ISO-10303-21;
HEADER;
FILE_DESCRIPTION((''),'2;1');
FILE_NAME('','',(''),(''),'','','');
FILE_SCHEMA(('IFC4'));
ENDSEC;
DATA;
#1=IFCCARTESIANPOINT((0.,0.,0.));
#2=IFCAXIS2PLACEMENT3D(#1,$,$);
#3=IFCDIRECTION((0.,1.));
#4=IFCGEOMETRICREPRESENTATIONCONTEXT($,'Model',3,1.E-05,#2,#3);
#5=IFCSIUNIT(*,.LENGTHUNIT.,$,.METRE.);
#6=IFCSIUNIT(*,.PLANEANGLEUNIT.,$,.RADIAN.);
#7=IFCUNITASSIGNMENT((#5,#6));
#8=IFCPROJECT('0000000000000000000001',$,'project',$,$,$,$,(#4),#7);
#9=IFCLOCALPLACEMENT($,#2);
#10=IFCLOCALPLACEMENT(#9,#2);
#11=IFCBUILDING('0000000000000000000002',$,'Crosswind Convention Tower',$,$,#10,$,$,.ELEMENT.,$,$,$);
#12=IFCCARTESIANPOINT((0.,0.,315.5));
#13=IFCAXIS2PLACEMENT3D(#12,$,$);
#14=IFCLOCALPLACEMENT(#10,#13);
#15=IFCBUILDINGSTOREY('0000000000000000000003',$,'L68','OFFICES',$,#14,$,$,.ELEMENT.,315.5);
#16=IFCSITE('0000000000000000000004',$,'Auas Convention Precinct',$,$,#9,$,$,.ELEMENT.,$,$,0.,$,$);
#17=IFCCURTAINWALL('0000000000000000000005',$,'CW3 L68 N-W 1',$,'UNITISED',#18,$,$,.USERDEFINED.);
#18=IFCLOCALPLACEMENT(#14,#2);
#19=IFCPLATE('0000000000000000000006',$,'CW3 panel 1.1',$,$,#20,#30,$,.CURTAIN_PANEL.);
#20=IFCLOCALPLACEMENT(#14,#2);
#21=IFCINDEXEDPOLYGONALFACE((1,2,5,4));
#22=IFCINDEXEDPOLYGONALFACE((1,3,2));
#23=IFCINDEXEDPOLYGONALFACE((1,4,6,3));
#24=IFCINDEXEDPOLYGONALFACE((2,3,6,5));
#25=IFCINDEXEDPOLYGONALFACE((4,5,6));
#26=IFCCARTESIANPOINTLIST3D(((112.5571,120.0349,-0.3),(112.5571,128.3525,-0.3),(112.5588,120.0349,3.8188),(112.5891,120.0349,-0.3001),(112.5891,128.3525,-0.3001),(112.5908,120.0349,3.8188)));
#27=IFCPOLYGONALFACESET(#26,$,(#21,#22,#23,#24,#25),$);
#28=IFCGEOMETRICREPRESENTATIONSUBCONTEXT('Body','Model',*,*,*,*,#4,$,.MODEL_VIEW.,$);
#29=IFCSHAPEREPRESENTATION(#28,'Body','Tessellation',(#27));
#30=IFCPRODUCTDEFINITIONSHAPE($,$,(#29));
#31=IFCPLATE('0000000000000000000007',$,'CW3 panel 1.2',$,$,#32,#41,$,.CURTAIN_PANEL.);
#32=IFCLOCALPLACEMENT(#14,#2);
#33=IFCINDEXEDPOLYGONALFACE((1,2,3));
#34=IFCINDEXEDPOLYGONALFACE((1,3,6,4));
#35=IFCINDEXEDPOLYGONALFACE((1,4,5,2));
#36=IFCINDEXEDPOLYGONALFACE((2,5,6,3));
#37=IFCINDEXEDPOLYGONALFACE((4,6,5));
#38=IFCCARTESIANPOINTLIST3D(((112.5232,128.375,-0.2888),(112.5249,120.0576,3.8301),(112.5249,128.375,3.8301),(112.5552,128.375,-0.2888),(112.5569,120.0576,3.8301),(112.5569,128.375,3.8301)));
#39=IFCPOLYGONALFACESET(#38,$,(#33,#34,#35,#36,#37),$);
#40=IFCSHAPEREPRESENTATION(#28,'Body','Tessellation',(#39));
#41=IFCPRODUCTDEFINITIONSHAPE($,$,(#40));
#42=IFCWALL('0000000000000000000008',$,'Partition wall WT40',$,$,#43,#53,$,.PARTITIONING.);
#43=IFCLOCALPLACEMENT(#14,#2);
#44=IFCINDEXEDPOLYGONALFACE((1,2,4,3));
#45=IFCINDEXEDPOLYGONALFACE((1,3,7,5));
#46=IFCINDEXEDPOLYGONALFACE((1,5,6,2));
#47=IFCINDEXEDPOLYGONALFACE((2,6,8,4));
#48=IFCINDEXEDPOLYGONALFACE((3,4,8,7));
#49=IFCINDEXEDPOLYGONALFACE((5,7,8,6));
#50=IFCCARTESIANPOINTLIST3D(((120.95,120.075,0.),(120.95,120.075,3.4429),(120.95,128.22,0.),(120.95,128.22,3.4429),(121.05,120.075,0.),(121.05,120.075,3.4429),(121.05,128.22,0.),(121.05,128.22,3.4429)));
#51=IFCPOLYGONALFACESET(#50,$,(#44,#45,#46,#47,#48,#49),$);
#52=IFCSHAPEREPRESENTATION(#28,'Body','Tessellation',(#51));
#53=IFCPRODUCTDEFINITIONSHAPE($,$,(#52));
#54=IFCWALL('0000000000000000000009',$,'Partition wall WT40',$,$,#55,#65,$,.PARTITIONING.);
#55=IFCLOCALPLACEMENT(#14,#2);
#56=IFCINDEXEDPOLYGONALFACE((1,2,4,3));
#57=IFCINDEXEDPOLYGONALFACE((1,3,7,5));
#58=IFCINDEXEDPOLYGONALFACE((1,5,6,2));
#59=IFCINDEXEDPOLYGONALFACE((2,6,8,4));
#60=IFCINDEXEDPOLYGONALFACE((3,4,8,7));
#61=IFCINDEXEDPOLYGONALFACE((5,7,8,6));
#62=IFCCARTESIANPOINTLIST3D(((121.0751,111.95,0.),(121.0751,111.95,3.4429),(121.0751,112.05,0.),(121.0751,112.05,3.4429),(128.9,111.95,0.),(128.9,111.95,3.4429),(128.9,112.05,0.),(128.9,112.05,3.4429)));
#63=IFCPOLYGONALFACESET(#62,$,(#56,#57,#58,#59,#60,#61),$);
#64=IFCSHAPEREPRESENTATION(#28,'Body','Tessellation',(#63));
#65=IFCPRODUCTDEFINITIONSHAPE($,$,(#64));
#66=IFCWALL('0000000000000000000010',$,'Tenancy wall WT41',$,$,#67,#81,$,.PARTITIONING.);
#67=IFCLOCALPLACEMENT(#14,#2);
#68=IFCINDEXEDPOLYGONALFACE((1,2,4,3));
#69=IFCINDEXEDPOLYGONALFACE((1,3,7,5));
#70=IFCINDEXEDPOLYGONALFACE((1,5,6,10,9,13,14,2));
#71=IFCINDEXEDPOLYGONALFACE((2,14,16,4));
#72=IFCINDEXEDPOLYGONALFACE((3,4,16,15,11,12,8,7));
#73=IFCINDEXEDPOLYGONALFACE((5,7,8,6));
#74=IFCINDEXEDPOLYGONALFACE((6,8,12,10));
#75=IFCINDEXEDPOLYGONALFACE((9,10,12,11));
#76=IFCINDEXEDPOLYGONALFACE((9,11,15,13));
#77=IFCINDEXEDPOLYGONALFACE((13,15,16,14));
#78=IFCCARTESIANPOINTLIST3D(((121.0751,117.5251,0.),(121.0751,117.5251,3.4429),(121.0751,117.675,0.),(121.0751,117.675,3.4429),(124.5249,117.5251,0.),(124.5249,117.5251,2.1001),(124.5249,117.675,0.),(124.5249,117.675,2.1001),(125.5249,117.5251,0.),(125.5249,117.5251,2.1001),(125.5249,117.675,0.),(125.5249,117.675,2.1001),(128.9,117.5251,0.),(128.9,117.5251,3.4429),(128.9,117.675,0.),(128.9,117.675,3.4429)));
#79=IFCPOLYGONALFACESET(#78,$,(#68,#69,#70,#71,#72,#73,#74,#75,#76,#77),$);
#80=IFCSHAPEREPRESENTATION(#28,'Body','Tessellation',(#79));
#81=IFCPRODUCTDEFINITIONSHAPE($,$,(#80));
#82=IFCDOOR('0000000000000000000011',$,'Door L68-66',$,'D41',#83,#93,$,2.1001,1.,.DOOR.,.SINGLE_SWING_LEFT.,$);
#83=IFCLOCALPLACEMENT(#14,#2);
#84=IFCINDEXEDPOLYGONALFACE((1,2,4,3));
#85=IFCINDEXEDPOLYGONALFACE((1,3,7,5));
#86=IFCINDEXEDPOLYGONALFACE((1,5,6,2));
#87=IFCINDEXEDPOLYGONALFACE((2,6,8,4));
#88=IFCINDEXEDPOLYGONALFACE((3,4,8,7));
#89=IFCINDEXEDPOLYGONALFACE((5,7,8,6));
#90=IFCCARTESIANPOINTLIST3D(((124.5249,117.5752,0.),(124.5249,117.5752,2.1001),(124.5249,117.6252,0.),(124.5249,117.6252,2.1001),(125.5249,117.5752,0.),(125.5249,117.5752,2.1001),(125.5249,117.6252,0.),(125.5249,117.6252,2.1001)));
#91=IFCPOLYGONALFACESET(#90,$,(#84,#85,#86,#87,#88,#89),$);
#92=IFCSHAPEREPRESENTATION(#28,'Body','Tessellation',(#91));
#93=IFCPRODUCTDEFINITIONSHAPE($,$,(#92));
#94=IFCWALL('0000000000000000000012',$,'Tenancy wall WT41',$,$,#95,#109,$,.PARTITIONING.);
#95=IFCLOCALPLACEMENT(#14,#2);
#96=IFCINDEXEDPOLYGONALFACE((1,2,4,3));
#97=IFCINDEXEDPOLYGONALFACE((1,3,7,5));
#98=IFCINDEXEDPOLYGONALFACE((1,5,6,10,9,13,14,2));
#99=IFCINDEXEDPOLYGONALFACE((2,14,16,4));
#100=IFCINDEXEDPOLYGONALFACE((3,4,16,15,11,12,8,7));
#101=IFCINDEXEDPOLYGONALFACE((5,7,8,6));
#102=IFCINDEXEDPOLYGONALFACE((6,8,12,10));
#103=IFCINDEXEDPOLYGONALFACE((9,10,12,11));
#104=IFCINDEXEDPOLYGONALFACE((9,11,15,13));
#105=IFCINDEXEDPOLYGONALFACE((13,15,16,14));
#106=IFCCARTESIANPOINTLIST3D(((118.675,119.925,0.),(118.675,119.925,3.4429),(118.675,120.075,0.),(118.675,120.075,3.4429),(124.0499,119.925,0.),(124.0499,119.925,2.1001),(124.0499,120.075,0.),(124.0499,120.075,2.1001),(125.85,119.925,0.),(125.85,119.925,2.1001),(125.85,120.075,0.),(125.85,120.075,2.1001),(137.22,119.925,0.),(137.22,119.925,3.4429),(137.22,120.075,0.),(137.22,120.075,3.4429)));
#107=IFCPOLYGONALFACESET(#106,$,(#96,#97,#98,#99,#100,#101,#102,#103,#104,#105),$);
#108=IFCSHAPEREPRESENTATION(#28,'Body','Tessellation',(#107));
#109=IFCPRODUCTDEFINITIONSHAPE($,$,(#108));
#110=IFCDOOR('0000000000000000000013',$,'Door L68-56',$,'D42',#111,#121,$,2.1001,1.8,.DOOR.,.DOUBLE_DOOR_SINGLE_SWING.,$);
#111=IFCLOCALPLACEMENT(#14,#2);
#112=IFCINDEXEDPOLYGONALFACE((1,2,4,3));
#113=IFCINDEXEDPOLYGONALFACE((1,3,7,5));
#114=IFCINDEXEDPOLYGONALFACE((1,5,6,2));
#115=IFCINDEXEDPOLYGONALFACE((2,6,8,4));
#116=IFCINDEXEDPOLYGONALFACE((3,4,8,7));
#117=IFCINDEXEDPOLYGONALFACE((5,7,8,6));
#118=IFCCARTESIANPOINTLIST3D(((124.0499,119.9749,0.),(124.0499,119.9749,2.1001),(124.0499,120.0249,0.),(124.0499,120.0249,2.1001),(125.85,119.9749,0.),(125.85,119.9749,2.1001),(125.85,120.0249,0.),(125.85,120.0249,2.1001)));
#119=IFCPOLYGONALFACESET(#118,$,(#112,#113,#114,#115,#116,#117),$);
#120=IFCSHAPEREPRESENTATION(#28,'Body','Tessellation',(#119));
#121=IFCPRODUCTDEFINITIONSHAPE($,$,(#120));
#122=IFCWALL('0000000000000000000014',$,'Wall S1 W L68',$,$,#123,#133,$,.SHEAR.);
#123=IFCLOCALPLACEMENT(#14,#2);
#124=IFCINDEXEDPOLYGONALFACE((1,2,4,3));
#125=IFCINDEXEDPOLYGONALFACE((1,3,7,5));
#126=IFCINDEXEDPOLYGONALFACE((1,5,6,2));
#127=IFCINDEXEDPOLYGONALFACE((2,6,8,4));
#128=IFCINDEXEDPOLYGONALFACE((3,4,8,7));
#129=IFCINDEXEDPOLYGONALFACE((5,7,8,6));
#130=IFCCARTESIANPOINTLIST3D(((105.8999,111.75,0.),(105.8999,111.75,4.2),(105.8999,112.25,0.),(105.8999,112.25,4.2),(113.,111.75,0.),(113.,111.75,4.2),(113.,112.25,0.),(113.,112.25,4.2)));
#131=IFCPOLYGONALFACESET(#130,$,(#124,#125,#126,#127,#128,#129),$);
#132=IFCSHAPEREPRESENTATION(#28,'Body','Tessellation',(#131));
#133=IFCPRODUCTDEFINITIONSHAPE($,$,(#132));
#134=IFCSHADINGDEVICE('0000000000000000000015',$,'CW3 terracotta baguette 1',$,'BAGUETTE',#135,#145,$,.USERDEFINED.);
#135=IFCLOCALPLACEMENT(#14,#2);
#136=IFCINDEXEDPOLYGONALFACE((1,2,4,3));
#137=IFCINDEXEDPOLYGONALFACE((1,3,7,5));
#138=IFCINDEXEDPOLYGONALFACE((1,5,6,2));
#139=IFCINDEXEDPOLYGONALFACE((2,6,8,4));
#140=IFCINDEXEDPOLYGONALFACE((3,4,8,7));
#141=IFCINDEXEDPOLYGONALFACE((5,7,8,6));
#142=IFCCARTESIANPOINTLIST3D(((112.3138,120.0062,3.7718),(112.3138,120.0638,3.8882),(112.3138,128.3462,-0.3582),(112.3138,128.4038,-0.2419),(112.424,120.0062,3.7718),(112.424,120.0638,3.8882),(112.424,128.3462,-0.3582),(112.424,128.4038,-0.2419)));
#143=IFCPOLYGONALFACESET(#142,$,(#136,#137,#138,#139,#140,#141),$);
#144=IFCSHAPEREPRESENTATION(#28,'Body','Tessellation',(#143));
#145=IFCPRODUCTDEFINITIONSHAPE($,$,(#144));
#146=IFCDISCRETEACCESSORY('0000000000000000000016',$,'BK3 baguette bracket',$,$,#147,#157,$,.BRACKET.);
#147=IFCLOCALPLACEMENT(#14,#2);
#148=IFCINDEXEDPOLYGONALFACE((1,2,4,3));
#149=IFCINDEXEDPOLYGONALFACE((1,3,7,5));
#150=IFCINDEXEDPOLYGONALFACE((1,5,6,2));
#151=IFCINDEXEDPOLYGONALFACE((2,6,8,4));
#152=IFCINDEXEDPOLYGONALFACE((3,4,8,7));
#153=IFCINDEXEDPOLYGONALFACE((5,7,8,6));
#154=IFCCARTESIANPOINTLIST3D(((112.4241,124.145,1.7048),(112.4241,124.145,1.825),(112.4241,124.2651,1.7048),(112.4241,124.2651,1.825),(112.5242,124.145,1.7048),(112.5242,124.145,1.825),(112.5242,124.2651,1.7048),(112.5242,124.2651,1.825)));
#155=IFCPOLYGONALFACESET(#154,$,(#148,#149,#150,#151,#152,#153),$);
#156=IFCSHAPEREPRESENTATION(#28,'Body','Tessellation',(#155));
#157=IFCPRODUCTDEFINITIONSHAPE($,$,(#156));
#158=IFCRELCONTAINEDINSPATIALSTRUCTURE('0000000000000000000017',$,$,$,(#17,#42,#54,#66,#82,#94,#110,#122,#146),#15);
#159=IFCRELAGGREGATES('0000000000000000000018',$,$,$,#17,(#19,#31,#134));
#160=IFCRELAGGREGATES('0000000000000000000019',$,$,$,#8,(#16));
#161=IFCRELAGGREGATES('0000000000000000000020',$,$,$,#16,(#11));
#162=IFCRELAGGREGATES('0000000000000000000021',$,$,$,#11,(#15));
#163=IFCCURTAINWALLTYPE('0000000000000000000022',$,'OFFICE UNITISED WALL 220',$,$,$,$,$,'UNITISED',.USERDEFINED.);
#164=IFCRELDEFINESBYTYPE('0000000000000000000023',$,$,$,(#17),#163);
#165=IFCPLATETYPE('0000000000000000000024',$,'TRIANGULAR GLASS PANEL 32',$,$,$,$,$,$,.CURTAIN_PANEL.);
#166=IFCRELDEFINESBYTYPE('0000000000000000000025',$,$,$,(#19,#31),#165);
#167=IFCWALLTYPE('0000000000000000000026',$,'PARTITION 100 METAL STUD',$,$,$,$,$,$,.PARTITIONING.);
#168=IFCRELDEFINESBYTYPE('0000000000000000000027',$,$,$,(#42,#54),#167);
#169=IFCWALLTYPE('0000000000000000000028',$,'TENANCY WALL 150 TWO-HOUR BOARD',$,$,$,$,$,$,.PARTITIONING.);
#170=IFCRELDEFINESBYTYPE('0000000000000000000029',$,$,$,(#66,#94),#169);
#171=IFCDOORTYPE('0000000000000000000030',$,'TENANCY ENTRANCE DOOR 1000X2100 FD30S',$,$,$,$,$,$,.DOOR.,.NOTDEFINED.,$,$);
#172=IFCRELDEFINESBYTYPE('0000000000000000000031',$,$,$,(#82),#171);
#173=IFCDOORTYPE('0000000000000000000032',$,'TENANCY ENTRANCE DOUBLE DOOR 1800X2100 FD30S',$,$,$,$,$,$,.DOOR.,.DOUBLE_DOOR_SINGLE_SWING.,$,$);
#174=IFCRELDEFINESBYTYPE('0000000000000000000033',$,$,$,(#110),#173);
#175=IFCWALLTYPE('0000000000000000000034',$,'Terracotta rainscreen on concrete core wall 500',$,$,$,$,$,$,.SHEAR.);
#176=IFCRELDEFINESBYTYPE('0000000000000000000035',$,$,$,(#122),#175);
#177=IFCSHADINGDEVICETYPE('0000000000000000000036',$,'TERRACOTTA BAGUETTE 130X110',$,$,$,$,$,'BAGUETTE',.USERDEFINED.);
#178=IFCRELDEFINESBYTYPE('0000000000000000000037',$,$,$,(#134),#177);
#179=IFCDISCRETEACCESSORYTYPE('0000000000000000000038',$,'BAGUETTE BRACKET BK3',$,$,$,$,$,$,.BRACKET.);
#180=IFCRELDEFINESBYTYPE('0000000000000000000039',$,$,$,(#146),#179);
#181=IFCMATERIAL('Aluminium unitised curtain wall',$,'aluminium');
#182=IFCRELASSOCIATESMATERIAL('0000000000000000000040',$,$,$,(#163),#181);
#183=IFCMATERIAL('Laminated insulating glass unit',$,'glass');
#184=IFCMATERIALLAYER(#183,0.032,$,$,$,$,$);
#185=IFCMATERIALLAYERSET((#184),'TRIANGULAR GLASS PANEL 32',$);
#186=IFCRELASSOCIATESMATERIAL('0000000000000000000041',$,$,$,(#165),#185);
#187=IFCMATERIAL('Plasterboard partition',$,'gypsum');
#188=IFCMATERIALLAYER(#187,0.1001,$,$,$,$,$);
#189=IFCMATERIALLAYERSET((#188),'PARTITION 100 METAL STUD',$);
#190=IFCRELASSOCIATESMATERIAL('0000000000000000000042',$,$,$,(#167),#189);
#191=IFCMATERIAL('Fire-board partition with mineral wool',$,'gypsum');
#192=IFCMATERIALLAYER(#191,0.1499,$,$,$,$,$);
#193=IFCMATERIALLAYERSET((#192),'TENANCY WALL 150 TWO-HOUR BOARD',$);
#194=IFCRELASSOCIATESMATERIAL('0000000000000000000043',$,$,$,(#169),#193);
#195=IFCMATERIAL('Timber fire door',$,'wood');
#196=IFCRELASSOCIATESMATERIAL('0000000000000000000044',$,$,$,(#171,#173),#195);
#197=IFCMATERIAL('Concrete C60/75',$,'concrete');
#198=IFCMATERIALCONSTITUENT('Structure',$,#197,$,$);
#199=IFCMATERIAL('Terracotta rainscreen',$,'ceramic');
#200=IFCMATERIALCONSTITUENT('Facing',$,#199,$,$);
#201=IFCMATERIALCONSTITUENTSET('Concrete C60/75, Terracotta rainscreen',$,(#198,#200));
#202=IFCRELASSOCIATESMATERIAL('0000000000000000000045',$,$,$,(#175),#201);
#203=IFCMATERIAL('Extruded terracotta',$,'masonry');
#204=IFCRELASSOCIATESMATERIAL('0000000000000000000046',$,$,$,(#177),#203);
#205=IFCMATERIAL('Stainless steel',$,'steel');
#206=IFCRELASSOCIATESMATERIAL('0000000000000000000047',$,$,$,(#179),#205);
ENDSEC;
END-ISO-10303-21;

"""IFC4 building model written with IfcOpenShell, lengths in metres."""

from ifc_helpers import new_model, si_unit, direction, frame, frame_2d, origin, origin_2d, place, context, subcontext, project, spatial, polyline, rectangle, outline, extrude, material, layer, layer_set, constituent, constituent_set, material_profile, profile_set, type_object, element, fill, aggregate, save


model = new_model("IFC4")

# Units and contexts
model_context = context("Model", 3, precision=1e-05, world=origin(), true_north=direction((0.0, 1.0)))
body_context = subcontext(model_context, "Body", "Model", "MODEL_VIEW")
ifc_project = project(units=[si_unit("LENGTHUNIT", "METRE"), si_unit("PLANEANGLEUNIT", "RADIAN")], contexts=[model_context])

# Site, building, storey
site_placement = place(None, origin())
site = spatial("IfcSite", under=ifc_project, at=site_placement, Name="Auas Convention Precinct", CompositionType="ELEMENT", RefElevation=0.0)
building_placement = place(site_placement, origin())
building = spatial("IfcBuilding", under=site, at=building_placement, Name="Crosswind Convention Tower", CompositionType="ELEMENT")
storey_placement = place(building_placement, frame((0.0, 0.0, 315.5)))
storey = spatial("IfcBuildingStorey", under=building, at=storey_placement, Name="L68", Description="OFFICES", CompositionType="ELEMENT", Elevation=315.5)

# Shared definitions
ifc_material_1 = material(Name="Concrete C60/75", Category="concrete")

# Shared definitions
ifc_material_2 = material(Name="Aluminium unitised curtain wall", Category="aluminium")
curtain_wall_type_1 = type_object("IfcCurtainWallType", Name="OFFICE UNITISED WALL 220", ElementType="UNITISED", PredefinedType="USERDEFINED", material=ifc_material_2)

# Curtain wall
curtain_wall_1_placement = place(storey_placement, origin())
curtain_wall_1 = element("IfcCurtainWall", 1, at=curtain_wall_1_placement, inside=storey, type_object=curtain_wall_type_1, Name="CW3 L68 N-W 1", ObjectType="UNITISED", PredefinedType="USERDEFINED")

# Plates
ifc_material_3 = material(Name="Laminated insulating glass unit", Category="glass")
ifc_layer_1 = layer(ifc_material_3, 0.032)
ifc_layer_set_1 = layer_set([ifc_layer_1], Name="TRIANGULAR GLASS PANEL 32")
plate_type_1 = type_object("IfcPlateType", Name="TRIANGULAR GLASS PANEL 32", PredefinedType="CURTAIN_PANEL", material=ifc_layer_set_1)
plate_1_placement = place(storey_placement, frame((112.5571, 120.0349, -0.3), z_axis=(-1.0, 0.0, 0.000415), x_axis=(0.000415, 0.0, 1.0)))
plate_1 = element("IfcPlate", 2, at=plate_1_placement, type_object=plate_type_1, Name="CW3 panel 1.1", PredefinedType="CURTAIN_PANEL", context=body_context, shape_type="SweptSolid", body=[
    extrude(outline(polyline([(0.0, 0.0), (4.1189, 0.0), (0.0, 8.3176), (0.0, 0.0)])), origin(), (0.0, 0.0, -1.0), 0.032),
])
plate_2_placement = place(storey_placement, frame((112.5249, 128.375, 3.8301), z_axis=(-1.0, 0.0, 0.000415), x_axis=(-0.000415, 0.0, -1.0)))
plate_2 = element("IfcPlate", 3, at=plate_2_placement, type_object=plate_type_1, Name="CW3 panel 1.2", PredefinedType="CURTAIN_PANEL", context=body_context, shape_type="SweptSolid", body=[
    extrude(outline(polyline([(0.0, 0.0), (4.1189, 0.0), (0.0, 8.3174), (0.0, 0.0)])), origin(), (0.0, 0.0, -1.0), 0.032),
])

# Walls
ifc_material_4 = material(Name="Plasterboard partition", Category="gypsum")
ifc_layer_2 = layer(ifc_material_4, 0.1001)
ifc_layer_set_2 = layer_set([ifc_layer_2], Name="PARTITION 100 METAL STUD")
wall_type_1 = type_object("IfcWallType", Name="PARTITION 100 METAL STUD", PredefinedType="PARTITIONING", material=ifc_layer_set_2)
wall_1_placement = place(storey_placement, frame((121.0, 120.075, 0.0), z_axis=(0.0, 0.0, 1.0), x_axis=(0.0, 1.0, 0.0)))
element("IfcWall", 4, at=wall_1_placement, inside=storey, type_object=wall_type_1, Name="Partition wall WT40", PredefinedType="PARTITIONING", context=body_context, shape_type="SweptSolid", body=[
    extrude(rectangle(XDim=8.145, YDim=0.1001, at=frame_2d((4.0725, 0.0))), origin(), (0.0, 0.0, 1.0), 3.4429),
])
wall_2_placement = place(storey_placement, frame((121.075, 112.0, 0.0), z_axis=(0.0, 0.0, 1.0), x_axis=(1.0, 0.0, 0.0)))
element("IfcWall", 5, at=wall_2_placement, inside=storey, type_object=wall_type_1, Name="Partition wall WT40", PredefinedType="PARTITIONING", context=body_context, shape_type="SweptSolid", body=[
    extrude(rectangle(XDim=7.825, YDim=0.1001, at=frame_2d((3.9126, 0.0))), origin(), (0.0, 0.0, 1.0), 3.4429),
])

# Walls, openings, doors
ifc_material_5 = material(Name="Fire-board partition with mineral wool", Category="gypsum")
ifc_layer_3 = layer(ifc_material_5, 0.1499)
ifc_layer_set_3 = layer_set([ifc_layer_3], Name="TENANCY WALL 150 TWO-HOUR BOARD")
wall_type_2 = type_object("IfcWallType", Name="TENANCY WALL 150 TWO-HOUR BOARD", PredefinedType="PARTITIONING", material=ifc_layer_set_3)
wall_3_placement = place(storey_placement, frame((121.075, 117.6001, 0.0), z_axis=(0.0, 0.0, 1.0), x_axis=(1.0, 0.0, 0.0)))
wall_3 = element("IfcWall", 6, at=wall_3_placement, inside=storey, type_object=wall_type_2, Name="Tenancy wall WT41", PredefinedType="PARTITIONING", context=body_context, shape_type="SweptSolid", body=[
    extrude(rectangle(XDim=7.825, YDim=0.1499, at=frame_2d((3.9126, 0.0))), origin(), (0.0, 0.0, 1.0), 3.4429),
])
opening_1_placement = place(wall_3_placement, frame((3.45, 0.0, 0.0)))
opening_1 = element("IfcOpeningElement", 7, at=opening_1_placement, cuts=wall_3, PredefinedType="OPENING", context=body_context, shape_type="SweptSolid", body=[
    extrude(rectangle(XDim=1.0, YDim=2.1001, at=frame_2d((0.5, 1.05))), frame((0.0, 0.085, 0.0), z_axis=(0.0, -1.0, 0.0), x_axis=(1.0, 0.0, 0.0)), (0.0, 0.0, 1.0), 0.1699),
])
ifc_material_6 = material(Name="Timber fire door", Category="wood")
door_type_1 = type_object("IfcDoorType", Name="TENANCY ENTRANCE DOOR 1000X2100 FD30S", OperationType="NOTDEFINED", PredefinedType="DOOR", material=ifc_material_6)
door_1_placement = place(opening_1_placement, frame((1.0, 0.0, 0.0), z_axis=(0.0, 0.0, 1.0), x_axis=(-1.0, 0.0, 0.0)))
door_1 = element("IfcDoor", 8, at=door_1_placement, inside=storey, type_object=door_type_1, Name="Door L68-66", ObjectType="D41", OperationType="SINGLE_SWING_LEFT", OverallHeight=2.1001, OverallWidth=1.0, PredefinedType="DOOR", context=body_context, shape_type="SweptSolid", body=[
    extrude(rectangle(XDim=1.0, YDim=2.1001, at=frame_2d((0.5, 1.05))), frame((0.0, 0.0249, 0.0), z_axis=(0.0, -1.0, 0.0), x_axis=(1.0, 0.0, 0.0)), (0.0, 0.0, 1.0), 0.05),
])
fill(opening_1, door_1)
wall_4_placement = place(storey_placement, frame((118.675, 120.0, 0.0), z_axis=(0.0, 0.0, 1.0), x_axis=(1.0, 0.0, 0.0)))
wall_4 = element("IfcWall", 9, at=wall_4_placement, inside=storey, type_object=wall_type_2, Name="Tenancy wall WT41", PredefinedType="PARTITIONING", context=body_context, shape_type="SweptSolid", body=[
    extrude(rectangle(XDim=18.5449, YDim=0.1499, at=frame_2d((9.2725, 0.0))), origin(), (0.0, 0.0, 1.0), 3.4429),
])
opening_2_placement = place(wall_4_placement, frame((5.375, 0.0, 0.0)))
opening_2 = element("IfcOpeningElement", 10, at=opening_2_placement, cuts=wall_4, PredefinedType="OPENING", context=body_context, shape_type="SweptSolid", body=[
    extrude(rectangle(XDim=1.8, YDim=2.1001, at=frame_2d((0.8999, 1.05))), frame((0.0, 0.085, 0.0), z_axis=(0.0, -1.0, 0.0), x_axis=(1.0, 0.0, 0.0)), (0.0, 0.0, 1.0), 0.1699),
])
door_type_2 = type_object("IfcDoorType", Name="TENANCY ENTRANCE DOUBLE DOOR 1800X2100 FD30S", OperationType="DOUBLE_DOOR_SINGLE_SWING", PredefinedType="DOOR", material=ifc_material_6)
door_2_placement = place(opening_2_placement, origin())
door_2 = element("IfcDoor", 11, at=door_2_placement, inside=storey, type_object=door_type_2, Name="Door L68-56", ObjectType="D42", OperationType="DOUBLE_DOOR_SINGLE_SWING", OverallHeight=2.1001, OverallWidth=1.8, PredefinedType="DOOR", context=body_context, shape_type="SweptSolid", body=[
    extrude(rectangle(XDim=1.8, YDim=2.1001, at=frame_2d((0.8999, 1.05))), frame((0.0, 0.0249, 0.0), z_axis=(0.0, -1.0, 0.0), x_axis=(1.0, 0.0, 0.0)), (0.0, 0.0, 1.0), 0.05),
])
fill(opening_2, door_2)

# Wall
ifc_constituent_1 = constituent(ifc_material_1, Name="Structure")
ifc_material_7 = material(Name="Terracotta rainscreen", Category="ceramic")
ifc_constituent_2 = constituent(ifc_material_7, Name="Facing")
ifc_constituent_set = constituent_set(constituents=[ifc_constituent_1, ifc_constituent_2], Name="Concrete C60/75, Terracotta rainscreen")
wall_type_3 = type_object("IfcWallType", Name="Terracotta rainscreen on concrete core wall 500", PredefinedType="SHEAR", material=ifc_constituent_set)
wall_5_placement = place(storey_placement, frame((113.0, 112.0, 0.0), z_axis=(0.0, 0.0, 1.0), x_axis=(-1.0, 0.0, 0.0)))
element("IfcWall", 12, at=wall_5_placement, inside=storey, type_object=wall_type_3, Name="Wall S1 W L68", PredefinedType="SHEAR", context=body_context, shape_type="SweptSolid", body=[
    extrude(rectangle(XDim=7.1001, YDim=0.5, at=frame_2d((3.55, 0.0))), origin(), (0.0, 0.0, 1.0), 4.2),
])

# Shading device
ifc_material_8 = material(Name="Extruded terracotta", Category="masonry")
ifc_material_profile_1 = material_profile(ifc_material_8, rectangle(XDim=0.1101, YDim=0.1299, at=origin_2d()), Name="TC 110X130")
ifc_profile_set_1 = profile_set([ifc_material_profile_1], Name="Extruded terracotta")
shading_device_type = type_object("IfcShadingDeviceType", Name="TERRACOTTA BAGUETTE 130X110", ElementType="BAGUETTE", PredefinedType="USERDEFINED", material=ifc_profile_set_1)
shading_device_placement = place(storey_placement, frame((112.3689, 128.375, -0.3), z_axis=(0.0, -0.896136, 0.443779), x_axis=(1.0, 0.0, 0.0)))
shading_device = element("IfcShadingDevice", 13, at=shading_device_placement, type_object=shading_device_type, Name="CW3 terracotta baguette 1", ObjectType="BAGUETTE", PredefinedType="USERDEFINED", context=body_context, shape_type="SweptSolid", body=[
    extrude(rectangle(XDim=0.1101, YDim=0.1299, at=origin_2d()), origin(), (0.0, 0.0, 1.0), 9.3066),
])
aggregate(curtain_wall_1, [plate_1, plate_2, shading_device])

# Discrete accessory
ifc_material_9 = material(Name="Stainless steel", Category="steel")
discrete_accessory_type = type_object("IfcDiscreteAccessoryType", Name="BAGUETTE BRACKET BK3", PredefinedType="BRACKET", material=ifc_material_9)
discrete_accessory_placement = place(storey_placement, frame((112.4741, 124.2051, 1.7048), z_axis=(0.0, 0.0, 1.0), x_axis=(0.0, -1.0, 0.0)))
element("IfcDiscreteAccessory", 14, at=discrete_accessory_placement, inside=storey, type_object=discrete_accessory_type, Name="BK3 baguette bracket", PredefinedType="BRACKET", context=body_context, shape_type="SweptSolid", body=[
    extrude(rectangle(XDim=0.1201, YDim=0.1001, at=origin_2d()), origin(), (0.0, 0.0, 1.0), 0.1201),
])

save(model, "model.ifc")
